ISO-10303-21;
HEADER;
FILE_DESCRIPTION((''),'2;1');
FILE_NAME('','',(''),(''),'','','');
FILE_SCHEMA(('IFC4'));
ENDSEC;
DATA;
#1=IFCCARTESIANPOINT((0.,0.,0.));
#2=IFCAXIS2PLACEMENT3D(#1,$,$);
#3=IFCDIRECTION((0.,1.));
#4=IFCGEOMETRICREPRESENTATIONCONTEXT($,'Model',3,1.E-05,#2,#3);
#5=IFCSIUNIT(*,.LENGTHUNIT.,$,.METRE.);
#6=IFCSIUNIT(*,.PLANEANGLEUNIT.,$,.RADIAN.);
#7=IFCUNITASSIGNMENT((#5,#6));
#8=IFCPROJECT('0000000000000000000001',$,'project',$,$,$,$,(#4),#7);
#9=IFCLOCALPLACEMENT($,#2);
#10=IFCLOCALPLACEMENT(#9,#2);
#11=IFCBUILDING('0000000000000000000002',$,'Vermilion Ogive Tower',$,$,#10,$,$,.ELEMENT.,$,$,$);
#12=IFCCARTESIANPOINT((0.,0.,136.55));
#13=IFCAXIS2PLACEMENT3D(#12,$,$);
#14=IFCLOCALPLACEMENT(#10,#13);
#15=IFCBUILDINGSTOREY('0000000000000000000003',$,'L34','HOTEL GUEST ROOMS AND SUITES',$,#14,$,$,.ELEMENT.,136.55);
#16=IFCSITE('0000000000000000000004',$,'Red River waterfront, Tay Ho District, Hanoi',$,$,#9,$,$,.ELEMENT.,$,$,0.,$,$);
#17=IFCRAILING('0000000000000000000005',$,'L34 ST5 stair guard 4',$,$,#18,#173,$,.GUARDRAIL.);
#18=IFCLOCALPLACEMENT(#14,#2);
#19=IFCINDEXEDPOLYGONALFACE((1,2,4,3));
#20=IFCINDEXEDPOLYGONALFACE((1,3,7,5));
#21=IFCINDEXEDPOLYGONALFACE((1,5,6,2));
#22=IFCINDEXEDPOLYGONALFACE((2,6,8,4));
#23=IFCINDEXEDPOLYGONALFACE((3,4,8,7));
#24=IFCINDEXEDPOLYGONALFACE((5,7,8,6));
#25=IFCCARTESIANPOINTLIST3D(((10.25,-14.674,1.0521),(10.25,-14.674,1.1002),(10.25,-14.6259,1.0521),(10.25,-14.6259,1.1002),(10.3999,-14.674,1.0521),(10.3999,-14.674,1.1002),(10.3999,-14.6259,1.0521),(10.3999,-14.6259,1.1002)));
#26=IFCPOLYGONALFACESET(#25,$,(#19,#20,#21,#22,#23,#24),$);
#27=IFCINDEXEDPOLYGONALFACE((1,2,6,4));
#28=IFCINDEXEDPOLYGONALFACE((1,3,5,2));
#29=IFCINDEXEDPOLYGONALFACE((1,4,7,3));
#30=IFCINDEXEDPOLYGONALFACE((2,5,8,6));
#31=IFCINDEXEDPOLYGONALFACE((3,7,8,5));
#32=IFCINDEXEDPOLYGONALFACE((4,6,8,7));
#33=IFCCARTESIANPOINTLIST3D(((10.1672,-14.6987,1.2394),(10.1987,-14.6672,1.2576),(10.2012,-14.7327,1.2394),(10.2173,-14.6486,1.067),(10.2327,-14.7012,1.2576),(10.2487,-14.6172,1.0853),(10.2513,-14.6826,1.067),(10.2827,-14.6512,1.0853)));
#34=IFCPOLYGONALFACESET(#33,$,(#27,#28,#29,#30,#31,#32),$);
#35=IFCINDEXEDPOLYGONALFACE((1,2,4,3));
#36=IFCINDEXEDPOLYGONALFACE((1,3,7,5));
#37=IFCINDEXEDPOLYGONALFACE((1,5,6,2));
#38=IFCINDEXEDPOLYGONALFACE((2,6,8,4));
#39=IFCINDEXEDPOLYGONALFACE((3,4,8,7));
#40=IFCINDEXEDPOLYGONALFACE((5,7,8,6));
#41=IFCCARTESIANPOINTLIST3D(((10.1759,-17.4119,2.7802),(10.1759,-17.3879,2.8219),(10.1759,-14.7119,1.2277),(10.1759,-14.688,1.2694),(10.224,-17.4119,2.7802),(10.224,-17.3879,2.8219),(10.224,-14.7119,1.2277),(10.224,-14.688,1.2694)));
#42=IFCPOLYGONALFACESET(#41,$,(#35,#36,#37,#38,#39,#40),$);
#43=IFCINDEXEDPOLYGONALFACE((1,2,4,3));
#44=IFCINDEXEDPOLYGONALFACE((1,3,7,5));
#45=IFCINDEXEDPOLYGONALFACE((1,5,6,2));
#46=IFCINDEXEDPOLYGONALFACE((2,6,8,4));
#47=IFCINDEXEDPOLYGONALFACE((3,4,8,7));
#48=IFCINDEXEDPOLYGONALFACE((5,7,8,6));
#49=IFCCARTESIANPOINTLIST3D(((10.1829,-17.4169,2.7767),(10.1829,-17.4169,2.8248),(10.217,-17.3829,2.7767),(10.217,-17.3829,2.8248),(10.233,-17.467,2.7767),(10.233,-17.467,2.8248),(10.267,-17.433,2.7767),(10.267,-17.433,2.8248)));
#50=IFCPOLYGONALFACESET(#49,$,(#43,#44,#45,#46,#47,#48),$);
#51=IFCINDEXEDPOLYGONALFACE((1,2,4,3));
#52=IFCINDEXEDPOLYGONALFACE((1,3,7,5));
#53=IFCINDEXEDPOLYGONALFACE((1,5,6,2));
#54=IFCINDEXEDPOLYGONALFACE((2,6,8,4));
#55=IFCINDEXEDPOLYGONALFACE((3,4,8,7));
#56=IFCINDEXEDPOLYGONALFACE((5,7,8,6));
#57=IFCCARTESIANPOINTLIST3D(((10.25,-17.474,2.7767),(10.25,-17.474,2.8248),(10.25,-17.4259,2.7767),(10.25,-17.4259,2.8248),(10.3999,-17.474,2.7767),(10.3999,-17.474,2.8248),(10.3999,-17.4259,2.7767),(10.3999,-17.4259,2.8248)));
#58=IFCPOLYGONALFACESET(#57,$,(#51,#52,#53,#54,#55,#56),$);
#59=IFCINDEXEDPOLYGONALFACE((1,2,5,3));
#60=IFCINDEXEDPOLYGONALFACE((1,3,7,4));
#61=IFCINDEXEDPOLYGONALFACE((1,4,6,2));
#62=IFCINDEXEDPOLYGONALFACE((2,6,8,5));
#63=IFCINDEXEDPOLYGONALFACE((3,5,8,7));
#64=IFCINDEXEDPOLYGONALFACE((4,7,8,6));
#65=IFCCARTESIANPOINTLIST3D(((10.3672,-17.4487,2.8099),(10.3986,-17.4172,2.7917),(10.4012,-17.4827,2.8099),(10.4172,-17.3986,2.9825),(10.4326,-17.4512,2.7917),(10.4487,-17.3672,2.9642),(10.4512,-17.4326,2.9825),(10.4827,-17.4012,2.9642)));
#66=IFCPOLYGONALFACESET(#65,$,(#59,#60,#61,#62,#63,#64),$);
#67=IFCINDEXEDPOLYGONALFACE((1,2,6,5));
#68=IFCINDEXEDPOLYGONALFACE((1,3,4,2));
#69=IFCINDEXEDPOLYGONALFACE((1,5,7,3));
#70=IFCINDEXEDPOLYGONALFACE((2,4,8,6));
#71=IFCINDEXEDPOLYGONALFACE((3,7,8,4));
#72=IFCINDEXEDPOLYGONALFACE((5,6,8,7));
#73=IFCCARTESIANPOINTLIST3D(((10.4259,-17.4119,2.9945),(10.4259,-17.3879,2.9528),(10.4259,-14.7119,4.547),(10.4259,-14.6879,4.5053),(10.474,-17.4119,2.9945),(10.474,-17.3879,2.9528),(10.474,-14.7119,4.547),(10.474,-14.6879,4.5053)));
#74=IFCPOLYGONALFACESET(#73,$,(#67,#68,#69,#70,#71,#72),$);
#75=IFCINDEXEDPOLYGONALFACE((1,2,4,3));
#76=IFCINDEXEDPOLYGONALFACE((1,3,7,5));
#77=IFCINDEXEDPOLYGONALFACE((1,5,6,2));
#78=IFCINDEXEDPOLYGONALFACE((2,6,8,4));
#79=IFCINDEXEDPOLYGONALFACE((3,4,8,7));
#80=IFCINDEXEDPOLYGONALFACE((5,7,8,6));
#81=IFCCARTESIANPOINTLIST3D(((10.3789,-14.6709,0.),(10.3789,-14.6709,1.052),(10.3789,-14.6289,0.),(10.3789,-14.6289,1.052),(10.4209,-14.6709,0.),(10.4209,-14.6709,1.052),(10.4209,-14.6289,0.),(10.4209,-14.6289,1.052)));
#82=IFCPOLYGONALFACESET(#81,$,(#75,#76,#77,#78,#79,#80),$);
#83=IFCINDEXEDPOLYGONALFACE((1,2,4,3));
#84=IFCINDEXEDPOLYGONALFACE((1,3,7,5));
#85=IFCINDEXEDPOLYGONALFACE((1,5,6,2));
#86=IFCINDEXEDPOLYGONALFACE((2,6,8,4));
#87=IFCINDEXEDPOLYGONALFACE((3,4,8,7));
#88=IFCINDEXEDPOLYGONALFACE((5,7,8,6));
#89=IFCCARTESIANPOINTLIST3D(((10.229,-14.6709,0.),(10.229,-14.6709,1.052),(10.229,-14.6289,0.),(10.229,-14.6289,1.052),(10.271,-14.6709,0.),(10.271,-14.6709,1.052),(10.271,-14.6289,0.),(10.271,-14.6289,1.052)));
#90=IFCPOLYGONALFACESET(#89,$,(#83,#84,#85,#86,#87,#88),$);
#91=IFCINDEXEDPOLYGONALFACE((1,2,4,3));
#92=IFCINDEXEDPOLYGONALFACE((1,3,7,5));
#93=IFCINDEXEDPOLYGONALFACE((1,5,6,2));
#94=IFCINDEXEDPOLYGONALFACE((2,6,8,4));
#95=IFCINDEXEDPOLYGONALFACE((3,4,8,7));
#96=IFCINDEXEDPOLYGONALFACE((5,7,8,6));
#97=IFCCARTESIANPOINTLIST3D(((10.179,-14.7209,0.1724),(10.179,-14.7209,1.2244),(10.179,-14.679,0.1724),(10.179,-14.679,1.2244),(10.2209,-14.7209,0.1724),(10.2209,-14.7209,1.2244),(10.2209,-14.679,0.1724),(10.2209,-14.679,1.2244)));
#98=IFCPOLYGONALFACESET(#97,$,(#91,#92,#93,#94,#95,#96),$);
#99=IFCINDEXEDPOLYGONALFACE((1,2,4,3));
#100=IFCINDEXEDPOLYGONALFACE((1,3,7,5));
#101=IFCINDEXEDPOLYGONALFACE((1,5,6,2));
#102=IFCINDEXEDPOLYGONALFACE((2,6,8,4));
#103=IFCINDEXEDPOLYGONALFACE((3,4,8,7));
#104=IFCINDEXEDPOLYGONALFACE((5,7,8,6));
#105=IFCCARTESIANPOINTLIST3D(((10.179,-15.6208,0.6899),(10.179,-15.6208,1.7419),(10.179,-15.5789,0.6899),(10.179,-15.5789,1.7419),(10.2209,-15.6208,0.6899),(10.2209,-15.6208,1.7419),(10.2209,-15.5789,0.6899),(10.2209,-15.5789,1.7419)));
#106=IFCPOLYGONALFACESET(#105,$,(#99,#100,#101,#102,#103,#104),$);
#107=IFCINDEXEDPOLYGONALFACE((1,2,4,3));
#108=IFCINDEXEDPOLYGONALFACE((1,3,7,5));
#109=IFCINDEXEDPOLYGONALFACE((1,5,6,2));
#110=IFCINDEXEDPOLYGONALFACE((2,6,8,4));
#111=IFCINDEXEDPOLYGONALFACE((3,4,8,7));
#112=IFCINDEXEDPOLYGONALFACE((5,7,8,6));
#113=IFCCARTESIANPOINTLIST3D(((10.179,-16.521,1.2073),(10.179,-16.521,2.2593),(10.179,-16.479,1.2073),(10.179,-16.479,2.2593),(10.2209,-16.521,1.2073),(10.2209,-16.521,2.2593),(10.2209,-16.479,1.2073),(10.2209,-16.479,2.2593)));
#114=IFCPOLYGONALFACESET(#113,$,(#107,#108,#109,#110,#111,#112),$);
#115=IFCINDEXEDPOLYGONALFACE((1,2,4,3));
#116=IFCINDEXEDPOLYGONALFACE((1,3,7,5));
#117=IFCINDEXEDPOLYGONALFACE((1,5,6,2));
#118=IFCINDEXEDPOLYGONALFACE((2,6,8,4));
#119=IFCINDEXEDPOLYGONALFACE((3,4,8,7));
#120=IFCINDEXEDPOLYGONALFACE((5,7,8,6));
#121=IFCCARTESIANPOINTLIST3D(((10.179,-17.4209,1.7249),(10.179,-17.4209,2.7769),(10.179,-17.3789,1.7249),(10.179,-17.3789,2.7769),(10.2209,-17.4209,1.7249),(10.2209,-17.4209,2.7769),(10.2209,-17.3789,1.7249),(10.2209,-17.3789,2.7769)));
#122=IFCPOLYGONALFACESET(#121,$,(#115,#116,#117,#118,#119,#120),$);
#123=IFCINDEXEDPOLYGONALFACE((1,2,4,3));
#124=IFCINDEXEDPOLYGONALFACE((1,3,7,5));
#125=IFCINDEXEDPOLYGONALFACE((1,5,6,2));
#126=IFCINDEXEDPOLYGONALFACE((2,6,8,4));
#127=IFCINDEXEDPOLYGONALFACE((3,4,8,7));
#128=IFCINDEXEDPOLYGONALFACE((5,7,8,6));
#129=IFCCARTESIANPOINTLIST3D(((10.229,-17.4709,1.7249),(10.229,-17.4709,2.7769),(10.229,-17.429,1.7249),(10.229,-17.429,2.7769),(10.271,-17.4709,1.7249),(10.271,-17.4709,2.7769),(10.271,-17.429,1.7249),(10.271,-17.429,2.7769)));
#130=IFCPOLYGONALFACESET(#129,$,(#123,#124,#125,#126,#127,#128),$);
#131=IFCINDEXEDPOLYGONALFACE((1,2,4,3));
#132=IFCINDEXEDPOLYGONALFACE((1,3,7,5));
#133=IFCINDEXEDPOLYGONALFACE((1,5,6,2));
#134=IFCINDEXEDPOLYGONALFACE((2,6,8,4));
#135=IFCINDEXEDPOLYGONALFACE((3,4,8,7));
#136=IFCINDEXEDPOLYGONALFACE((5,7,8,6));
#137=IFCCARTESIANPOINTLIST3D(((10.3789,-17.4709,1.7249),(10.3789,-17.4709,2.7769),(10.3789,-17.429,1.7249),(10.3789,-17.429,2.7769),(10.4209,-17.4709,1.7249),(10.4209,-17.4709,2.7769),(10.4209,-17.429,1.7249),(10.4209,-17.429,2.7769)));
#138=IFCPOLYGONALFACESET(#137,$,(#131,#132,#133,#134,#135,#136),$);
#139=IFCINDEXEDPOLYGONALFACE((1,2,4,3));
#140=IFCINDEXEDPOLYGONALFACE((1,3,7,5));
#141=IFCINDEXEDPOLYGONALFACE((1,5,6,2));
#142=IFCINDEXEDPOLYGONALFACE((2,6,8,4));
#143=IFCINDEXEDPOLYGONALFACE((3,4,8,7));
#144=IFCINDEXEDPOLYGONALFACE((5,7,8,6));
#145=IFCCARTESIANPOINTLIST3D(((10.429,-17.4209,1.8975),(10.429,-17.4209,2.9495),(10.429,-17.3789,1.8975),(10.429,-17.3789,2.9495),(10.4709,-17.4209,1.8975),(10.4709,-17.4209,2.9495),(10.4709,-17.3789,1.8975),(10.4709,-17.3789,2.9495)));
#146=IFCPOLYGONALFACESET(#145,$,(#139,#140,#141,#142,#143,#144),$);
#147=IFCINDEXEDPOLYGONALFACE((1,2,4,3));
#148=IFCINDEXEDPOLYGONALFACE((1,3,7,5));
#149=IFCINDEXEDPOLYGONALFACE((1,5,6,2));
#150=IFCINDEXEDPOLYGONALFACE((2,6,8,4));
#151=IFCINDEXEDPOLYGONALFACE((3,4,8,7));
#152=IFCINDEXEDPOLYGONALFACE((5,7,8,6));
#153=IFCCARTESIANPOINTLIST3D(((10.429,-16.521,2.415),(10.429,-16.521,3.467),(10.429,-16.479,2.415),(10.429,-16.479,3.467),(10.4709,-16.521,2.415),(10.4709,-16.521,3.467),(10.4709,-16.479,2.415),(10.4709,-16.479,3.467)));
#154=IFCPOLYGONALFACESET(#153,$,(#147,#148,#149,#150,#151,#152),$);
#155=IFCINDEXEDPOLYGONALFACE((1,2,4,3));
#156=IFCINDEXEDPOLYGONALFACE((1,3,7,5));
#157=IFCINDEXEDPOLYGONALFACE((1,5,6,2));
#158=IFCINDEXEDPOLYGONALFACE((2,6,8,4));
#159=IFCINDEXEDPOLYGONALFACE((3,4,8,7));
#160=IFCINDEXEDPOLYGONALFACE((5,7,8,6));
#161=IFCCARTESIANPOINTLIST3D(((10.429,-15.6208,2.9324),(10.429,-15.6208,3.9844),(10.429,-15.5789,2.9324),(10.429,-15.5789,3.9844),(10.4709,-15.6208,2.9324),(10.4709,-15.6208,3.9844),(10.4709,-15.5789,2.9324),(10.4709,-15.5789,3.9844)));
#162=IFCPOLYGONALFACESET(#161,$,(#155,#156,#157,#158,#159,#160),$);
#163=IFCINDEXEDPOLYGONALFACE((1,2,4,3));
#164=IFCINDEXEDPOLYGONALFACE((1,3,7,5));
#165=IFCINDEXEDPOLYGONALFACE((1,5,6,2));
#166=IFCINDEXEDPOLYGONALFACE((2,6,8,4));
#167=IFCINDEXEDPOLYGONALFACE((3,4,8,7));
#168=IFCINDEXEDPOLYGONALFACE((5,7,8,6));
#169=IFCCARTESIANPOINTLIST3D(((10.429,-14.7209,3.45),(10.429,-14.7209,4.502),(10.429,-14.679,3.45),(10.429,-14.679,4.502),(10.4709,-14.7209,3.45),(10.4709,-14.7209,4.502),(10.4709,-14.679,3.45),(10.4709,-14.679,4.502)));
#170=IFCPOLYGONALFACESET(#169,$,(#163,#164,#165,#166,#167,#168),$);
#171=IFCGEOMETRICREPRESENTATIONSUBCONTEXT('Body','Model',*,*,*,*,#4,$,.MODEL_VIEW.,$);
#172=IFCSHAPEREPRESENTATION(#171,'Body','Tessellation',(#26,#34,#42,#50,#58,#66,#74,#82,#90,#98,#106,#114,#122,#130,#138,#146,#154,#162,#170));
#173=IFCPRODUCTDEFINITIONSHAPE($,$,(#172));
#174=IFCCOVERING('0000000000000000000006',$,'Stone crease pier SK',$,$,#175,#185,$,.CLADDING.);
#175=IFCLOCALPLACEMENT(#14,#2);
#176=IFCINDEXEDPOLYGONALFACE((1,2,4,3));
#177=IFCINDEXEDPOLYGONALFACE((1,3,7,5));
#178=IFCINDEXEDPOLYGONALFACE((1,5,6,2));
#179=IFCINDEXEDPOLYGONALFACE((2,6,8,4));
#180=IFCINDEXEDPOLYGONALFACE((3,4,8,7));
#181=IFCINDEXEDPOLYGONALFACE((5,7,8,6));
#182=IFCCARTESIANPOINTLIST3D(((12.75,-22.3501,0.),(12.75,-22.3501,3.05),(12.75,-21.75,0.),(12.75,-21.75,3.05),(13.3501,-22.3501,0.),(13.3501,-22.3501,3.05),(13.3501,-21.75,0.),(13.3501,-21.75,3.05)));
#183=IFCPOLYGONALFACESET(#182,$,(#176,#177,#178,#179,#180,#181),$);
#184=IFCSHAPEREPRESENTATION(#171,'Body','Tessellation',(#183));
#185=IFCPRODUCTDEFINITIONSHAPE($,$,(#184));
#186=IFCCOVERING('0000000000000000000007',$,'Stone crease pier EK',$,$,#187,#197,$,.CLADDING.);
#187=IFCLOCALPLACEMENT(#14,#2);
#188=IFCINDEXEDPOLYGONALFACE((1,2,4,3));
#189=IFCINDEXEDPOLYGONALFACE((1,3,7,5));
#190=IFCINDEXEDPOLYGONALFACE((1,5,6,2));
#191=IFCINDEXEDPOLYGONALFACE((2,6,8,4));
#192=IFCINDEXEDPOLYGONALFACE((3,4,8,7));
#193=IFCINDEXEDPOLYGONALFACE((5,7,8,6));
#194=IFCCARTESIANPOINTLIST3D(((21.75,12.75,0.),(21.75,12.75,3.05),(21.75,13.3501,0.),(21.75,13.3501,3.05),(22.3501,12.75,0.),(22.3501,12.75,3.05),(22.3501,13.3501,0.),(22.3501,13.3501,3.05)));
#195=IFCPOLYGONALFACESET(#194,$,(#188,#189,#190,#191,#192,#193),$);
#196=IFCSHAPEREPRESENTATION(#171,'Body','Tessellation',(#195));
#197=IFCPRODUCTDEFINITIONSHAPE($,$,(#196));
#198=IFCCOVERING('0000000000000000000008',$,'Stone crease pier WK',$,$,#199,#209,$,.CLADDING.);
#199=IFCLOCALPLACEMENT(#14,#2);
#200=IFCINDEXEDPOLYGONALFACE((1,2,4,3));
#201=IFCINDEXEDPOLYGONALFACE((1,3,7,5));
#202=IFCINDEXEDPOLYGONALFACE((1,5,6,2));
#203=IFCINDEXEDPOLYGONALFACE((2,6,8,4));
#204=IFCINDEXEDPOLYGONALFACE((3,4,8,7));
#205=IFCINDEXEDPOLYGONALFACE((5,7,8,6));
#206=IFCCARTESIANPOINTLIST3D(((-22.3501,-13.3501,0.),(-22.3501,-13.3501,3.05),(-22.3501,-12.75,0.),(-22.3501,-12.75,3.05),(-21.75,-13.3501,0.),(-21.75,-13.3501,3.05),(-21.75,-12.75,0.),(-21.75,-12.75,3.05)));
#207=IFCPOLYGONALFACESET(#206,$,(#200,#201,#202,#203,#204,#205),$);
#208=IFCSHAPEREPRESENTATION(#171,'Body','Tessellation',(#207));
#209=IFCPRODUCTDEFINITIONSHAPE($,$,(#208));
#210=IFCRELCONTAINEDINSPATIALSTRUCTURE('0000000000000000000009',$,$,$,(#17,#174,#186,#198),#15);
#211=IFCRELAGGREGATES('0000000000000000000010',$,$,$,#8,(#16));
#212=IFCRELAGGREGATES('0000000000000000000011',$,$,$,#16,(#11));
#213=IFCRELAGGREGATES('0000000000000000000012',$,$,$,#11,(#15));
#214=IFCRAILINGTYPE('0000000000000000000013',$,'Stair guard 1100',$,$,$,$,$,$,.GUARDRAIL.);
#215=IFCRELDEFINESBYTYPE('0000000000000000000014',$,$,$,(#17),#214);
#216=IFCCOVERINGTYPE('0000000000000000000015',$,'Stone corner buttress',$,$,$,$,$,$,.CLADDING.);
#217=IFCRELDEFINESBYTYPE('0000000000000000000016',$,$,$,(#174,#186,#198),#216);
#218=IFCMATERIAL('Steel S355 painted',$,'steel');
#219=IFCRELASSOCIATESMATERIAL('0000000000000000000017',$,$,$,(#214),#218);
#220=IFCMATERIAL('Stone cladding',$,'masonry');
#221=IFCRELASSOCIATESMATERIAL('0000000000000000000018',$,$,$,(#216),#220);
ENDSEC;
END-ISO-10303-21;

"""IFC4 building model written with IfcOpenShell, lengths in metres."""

from ifc_helpers import new_model, si_unit, direction, frame, origin, origin_2d, place, context, subcontext, project, spatial, polyline, rectangle, outline, extrude, material, type_object, element, save


model = new_model("IFC4")

# Units and contexts
model_context = context("Model", 3, precision=1e-05, world=origin(), true_north=direction((0.0, 1.0)))
body_context = subcontext(model_context, "Body", "Model", "MODEL_VIEW")
ifc_project = project(units=[si_unit("LENGTHUNIT", "METRE"), si_unit("PLANEANGLEUNIT", "RADIAN")], contexts=[model_context])

# Site, building, storey
site_placement = place(None, origin())
site = spatial("IfcSite", under=ifc_project, at=site_placement, Name="Red River waterfront, Tay Ho District, Hanoi", CompositionType="ELEMENT", RefElevation=0.0)
building_placement = place(site_placement, origin())
building = spatial("IfcBuilding", under=site, at=building_placement, Name="Vermilion Ogive Tower", CompositionType="ELEMENT")
storey_placement = place(building_placement, frame((0.0, 0.0, 136.55)))
storey = spatial("IfcBuildingStorey", under=building, at=storey_placement, Name="L34", Description="HOTEL GUEST ROOMS AND SUITES", CompositionType="ELEMENT", Elevation=136.55)

# Railing
ifc_material_1 = material(Name="Steel S355 painted", Category="steel")
railing_type = type_object("IfcRailingType", Name="Stair guard 1100", PredefinedType="GUARDRAIL", material=ifc_material_1)
railing_1_placement = place(storey_placement, frame((10.3999, -14.6499, 0.0)))
element("IfcRailing", 1, at=railing_1_placement, inside=storey, type_object=railing_type, Name="L34 ST5 stair guard 4", PredefinedType="GUARDRAIL", context=body_context, shape_type="SweptSolid", body=[
    extrude(rectangle(XDim=0.0481, YDim=0.0481, at=origin_2d()), frame((0.0, 0.0, 1.0762), z_axis=(-1.0, 0.0, 0.0), x_axis=(0.0, -1.0, 0.0)), (0.0, 0.0, 1.0), 0.1499),
    extrude(rectangle(XDim=0.0481, YDim=0.0481, at=origin_2d()), frame((-0.1499, 0.0, 1.0762), z_axis=(-0.268603, -0.268603, 0.925043), x_axis=(0.707107, -0.707107, 0.0)), (0.0, 0.0, 1.0), 0.1863),
    extrude(rectangle(XDim=0.0481, YDim=0.0481, at=origin_2d()), frame((-0.2, -0.05, 1.2485), z_axis=(0.0, -0.866904, 0.498476), x_axis=(1.0, 0.0, 0.0)), (0.0, 0.0, 1.0), 3.1145),
    extrude(rectangle(XDim=0.0481, YDim=0.0481, at=origin_2d()), frame((-0.2, -2.75, 2.8008), z_axis=(0.707107, -0.707107, 0.0), x_axis=(0.707107, 0.707107, 0.0)), (0.0, 0.0, 1.0), 0.0708),
    extrude(rectangle(XDim=0.0481, YDim=0.0481, at=origin_2d()), frame((-0.1499, -2.8, 2.8008), z_axis=(1.0, 0.0, 0.0), x_axis=(0.0, 1.0, 0.0)), (0.0, 0.0, 1.0), 0.1499),
    extrude(rectangle(XDim=0.0481, YDim=0.0481, at=origin_2d()), frame((0.0, -2.8, 2.8008), z_axis=(0.268278, 0.268278, 0.925232), x_axis=(-0.707107, 0.707107, 0.0)), (0.0, 0.0, 1.0), 0.1865),
    extrude(rectangle(XDim=0.0481, YDim=0.0481, at=origin_2d()), frame((0.05, -2.75, 2.9736), z_axis=(0.0, 0.866904, 0.498476), x_axis=(-1.0, 0.0, 0.0)), (0.0, 0.0, 1.0), 3.1145),
    extrude(rectangle(XDim=0.042, YDim=0.042, at=origin_2d()), origin(), (0.0, 0.0, 1.0), 1.052),
    extrude(rectangle(XDim=0.042, YDim=0.042, at=origin_2d()), frame((-0.1499, 0.0, 0.0)), (0.0, 0.0, 1.0), 1.052),
    extrude(rectangle(XDim=0.042, YDim=0.042, at=origin_2d()), frame((-0.2, -0.05, 0.1724)), (0.0, 0.0, 1.0), 1.052),
    extrude(rectangle(XDim=0.042, YDim=0.042, at=origin_2d()), frame((-0.2, -0.95, 0.6899)), (0.0, 0.0, 1.0), 1.052),
    extrude(rectangle(XDim=0.042, YDim=0.042, at=origin_2d()), frame((-0.2, -1.8501, 1.2073)), (0.0, 0.0, 1.0), 1.052),
    extrude(rectangle(XDim=0.042, YDim=0.042, at=origin_2d()), frame((-0.2, -2.75, 1.7249)), (0.0, 0.0, 1.0), 1.052),
    extrude(rectangle(XDim=0.042, YDim=0.042, at=origin_2d()), frame((-0.1499, -2.8, 1.7249)), (0.0, 0.0, 1.0), 1.052),
    extrude(rectangle(XDim=0.042, YDim=0.042, at=origin_2d()), frame((0.0, -2.8, 1.7249)), (0.0, 0.0, 1.0), 1.052),
    extrude(rectangle(XDim=0.042, YDim=0.042, at=origin_2d()), frame((0.05, -2.75, 1.8975)), (0.0, 0.0, 1.0), 1.052),
    extrude(rectangle(XDim=0.042, YDim=0.042, at=origin_2d()), frame((0.05, -1.8501, 2.415)), (0.0, 0.0, 1.0), 1.052),
    extrude(rectangle(XDim=0.042, YDim=0.042, at=origin_2d()), frame((0.05, -0.95, 2.9324)), (0.0, 0.0, 1.0), 1.052),
    extrude(rectangle(XDim=0.042, YDim=0.042, at=origin_2d()), frame((0.05, -0.05, 3.45)), (0.0, 0.0, 1.0), 1.052),
])

# Coverings
ifc_material_2 = material(Name="Stone cladding", Category="masonry")
covering_type = type_object("IfcCoveringType", Name="Stone corner buttress", PredefinedType="CLADDING", material=ifc_material_2)
covering_1_placement = place(storey_placement, origin())
element("IfcCovering", 2, at=covering_1_placement, inside=storey, type_object=covering_type, Name="Stone crease pier SK", PredefinedType="CLADDING", context=body_context, shape_type="SweptSolid", body=[
    extrude(outline(polyline([(12.75, -22.3501), (13.3501, -22.3501), (13.3501, -21.75), (12.75, -21.75), (12.75, -22.3501)])), origin(), (0.0, 0.0, 1.0), 3.05),
])
covering_2_placement = place(storey_placement, origin())
element("IfcCovering", 3, at=covering_2_placement, inside=storey, type_object=covering_type, Name="Stone crease pier EK", PredefinedType="CLADDING", context=body_context, shape_type="SweptSolid", body=[
    extrude(outline(polyline([(22.3501, 12.75), (22.3501, 13.3501), (21.75, 13.3501), (21.75, 12.75), (22.3501, 12.75)])), origin(), (0.0, 0.0, 1.0), 3.05),
])
covering_3_placement = place(storey_placement, origin())
element("IfcCovering", 4, at=covering_3_placement, inside=storey, type_object=covering_type, Name="Stone crease pier WK", PredefinedType="CLADDING", context=body_context, shape_type="SweptSolid", body=[
    extrude(outline(polyline([(-22.3501, -12.75), (-22.3501, -13.3501), (-21.75, -13.3501), (-21.75, -12.75), (-22.3501, -12.75)])), origin(), (0.0, 0.0, 1.0), 3.05),
])

save(model, "model.ifc")
